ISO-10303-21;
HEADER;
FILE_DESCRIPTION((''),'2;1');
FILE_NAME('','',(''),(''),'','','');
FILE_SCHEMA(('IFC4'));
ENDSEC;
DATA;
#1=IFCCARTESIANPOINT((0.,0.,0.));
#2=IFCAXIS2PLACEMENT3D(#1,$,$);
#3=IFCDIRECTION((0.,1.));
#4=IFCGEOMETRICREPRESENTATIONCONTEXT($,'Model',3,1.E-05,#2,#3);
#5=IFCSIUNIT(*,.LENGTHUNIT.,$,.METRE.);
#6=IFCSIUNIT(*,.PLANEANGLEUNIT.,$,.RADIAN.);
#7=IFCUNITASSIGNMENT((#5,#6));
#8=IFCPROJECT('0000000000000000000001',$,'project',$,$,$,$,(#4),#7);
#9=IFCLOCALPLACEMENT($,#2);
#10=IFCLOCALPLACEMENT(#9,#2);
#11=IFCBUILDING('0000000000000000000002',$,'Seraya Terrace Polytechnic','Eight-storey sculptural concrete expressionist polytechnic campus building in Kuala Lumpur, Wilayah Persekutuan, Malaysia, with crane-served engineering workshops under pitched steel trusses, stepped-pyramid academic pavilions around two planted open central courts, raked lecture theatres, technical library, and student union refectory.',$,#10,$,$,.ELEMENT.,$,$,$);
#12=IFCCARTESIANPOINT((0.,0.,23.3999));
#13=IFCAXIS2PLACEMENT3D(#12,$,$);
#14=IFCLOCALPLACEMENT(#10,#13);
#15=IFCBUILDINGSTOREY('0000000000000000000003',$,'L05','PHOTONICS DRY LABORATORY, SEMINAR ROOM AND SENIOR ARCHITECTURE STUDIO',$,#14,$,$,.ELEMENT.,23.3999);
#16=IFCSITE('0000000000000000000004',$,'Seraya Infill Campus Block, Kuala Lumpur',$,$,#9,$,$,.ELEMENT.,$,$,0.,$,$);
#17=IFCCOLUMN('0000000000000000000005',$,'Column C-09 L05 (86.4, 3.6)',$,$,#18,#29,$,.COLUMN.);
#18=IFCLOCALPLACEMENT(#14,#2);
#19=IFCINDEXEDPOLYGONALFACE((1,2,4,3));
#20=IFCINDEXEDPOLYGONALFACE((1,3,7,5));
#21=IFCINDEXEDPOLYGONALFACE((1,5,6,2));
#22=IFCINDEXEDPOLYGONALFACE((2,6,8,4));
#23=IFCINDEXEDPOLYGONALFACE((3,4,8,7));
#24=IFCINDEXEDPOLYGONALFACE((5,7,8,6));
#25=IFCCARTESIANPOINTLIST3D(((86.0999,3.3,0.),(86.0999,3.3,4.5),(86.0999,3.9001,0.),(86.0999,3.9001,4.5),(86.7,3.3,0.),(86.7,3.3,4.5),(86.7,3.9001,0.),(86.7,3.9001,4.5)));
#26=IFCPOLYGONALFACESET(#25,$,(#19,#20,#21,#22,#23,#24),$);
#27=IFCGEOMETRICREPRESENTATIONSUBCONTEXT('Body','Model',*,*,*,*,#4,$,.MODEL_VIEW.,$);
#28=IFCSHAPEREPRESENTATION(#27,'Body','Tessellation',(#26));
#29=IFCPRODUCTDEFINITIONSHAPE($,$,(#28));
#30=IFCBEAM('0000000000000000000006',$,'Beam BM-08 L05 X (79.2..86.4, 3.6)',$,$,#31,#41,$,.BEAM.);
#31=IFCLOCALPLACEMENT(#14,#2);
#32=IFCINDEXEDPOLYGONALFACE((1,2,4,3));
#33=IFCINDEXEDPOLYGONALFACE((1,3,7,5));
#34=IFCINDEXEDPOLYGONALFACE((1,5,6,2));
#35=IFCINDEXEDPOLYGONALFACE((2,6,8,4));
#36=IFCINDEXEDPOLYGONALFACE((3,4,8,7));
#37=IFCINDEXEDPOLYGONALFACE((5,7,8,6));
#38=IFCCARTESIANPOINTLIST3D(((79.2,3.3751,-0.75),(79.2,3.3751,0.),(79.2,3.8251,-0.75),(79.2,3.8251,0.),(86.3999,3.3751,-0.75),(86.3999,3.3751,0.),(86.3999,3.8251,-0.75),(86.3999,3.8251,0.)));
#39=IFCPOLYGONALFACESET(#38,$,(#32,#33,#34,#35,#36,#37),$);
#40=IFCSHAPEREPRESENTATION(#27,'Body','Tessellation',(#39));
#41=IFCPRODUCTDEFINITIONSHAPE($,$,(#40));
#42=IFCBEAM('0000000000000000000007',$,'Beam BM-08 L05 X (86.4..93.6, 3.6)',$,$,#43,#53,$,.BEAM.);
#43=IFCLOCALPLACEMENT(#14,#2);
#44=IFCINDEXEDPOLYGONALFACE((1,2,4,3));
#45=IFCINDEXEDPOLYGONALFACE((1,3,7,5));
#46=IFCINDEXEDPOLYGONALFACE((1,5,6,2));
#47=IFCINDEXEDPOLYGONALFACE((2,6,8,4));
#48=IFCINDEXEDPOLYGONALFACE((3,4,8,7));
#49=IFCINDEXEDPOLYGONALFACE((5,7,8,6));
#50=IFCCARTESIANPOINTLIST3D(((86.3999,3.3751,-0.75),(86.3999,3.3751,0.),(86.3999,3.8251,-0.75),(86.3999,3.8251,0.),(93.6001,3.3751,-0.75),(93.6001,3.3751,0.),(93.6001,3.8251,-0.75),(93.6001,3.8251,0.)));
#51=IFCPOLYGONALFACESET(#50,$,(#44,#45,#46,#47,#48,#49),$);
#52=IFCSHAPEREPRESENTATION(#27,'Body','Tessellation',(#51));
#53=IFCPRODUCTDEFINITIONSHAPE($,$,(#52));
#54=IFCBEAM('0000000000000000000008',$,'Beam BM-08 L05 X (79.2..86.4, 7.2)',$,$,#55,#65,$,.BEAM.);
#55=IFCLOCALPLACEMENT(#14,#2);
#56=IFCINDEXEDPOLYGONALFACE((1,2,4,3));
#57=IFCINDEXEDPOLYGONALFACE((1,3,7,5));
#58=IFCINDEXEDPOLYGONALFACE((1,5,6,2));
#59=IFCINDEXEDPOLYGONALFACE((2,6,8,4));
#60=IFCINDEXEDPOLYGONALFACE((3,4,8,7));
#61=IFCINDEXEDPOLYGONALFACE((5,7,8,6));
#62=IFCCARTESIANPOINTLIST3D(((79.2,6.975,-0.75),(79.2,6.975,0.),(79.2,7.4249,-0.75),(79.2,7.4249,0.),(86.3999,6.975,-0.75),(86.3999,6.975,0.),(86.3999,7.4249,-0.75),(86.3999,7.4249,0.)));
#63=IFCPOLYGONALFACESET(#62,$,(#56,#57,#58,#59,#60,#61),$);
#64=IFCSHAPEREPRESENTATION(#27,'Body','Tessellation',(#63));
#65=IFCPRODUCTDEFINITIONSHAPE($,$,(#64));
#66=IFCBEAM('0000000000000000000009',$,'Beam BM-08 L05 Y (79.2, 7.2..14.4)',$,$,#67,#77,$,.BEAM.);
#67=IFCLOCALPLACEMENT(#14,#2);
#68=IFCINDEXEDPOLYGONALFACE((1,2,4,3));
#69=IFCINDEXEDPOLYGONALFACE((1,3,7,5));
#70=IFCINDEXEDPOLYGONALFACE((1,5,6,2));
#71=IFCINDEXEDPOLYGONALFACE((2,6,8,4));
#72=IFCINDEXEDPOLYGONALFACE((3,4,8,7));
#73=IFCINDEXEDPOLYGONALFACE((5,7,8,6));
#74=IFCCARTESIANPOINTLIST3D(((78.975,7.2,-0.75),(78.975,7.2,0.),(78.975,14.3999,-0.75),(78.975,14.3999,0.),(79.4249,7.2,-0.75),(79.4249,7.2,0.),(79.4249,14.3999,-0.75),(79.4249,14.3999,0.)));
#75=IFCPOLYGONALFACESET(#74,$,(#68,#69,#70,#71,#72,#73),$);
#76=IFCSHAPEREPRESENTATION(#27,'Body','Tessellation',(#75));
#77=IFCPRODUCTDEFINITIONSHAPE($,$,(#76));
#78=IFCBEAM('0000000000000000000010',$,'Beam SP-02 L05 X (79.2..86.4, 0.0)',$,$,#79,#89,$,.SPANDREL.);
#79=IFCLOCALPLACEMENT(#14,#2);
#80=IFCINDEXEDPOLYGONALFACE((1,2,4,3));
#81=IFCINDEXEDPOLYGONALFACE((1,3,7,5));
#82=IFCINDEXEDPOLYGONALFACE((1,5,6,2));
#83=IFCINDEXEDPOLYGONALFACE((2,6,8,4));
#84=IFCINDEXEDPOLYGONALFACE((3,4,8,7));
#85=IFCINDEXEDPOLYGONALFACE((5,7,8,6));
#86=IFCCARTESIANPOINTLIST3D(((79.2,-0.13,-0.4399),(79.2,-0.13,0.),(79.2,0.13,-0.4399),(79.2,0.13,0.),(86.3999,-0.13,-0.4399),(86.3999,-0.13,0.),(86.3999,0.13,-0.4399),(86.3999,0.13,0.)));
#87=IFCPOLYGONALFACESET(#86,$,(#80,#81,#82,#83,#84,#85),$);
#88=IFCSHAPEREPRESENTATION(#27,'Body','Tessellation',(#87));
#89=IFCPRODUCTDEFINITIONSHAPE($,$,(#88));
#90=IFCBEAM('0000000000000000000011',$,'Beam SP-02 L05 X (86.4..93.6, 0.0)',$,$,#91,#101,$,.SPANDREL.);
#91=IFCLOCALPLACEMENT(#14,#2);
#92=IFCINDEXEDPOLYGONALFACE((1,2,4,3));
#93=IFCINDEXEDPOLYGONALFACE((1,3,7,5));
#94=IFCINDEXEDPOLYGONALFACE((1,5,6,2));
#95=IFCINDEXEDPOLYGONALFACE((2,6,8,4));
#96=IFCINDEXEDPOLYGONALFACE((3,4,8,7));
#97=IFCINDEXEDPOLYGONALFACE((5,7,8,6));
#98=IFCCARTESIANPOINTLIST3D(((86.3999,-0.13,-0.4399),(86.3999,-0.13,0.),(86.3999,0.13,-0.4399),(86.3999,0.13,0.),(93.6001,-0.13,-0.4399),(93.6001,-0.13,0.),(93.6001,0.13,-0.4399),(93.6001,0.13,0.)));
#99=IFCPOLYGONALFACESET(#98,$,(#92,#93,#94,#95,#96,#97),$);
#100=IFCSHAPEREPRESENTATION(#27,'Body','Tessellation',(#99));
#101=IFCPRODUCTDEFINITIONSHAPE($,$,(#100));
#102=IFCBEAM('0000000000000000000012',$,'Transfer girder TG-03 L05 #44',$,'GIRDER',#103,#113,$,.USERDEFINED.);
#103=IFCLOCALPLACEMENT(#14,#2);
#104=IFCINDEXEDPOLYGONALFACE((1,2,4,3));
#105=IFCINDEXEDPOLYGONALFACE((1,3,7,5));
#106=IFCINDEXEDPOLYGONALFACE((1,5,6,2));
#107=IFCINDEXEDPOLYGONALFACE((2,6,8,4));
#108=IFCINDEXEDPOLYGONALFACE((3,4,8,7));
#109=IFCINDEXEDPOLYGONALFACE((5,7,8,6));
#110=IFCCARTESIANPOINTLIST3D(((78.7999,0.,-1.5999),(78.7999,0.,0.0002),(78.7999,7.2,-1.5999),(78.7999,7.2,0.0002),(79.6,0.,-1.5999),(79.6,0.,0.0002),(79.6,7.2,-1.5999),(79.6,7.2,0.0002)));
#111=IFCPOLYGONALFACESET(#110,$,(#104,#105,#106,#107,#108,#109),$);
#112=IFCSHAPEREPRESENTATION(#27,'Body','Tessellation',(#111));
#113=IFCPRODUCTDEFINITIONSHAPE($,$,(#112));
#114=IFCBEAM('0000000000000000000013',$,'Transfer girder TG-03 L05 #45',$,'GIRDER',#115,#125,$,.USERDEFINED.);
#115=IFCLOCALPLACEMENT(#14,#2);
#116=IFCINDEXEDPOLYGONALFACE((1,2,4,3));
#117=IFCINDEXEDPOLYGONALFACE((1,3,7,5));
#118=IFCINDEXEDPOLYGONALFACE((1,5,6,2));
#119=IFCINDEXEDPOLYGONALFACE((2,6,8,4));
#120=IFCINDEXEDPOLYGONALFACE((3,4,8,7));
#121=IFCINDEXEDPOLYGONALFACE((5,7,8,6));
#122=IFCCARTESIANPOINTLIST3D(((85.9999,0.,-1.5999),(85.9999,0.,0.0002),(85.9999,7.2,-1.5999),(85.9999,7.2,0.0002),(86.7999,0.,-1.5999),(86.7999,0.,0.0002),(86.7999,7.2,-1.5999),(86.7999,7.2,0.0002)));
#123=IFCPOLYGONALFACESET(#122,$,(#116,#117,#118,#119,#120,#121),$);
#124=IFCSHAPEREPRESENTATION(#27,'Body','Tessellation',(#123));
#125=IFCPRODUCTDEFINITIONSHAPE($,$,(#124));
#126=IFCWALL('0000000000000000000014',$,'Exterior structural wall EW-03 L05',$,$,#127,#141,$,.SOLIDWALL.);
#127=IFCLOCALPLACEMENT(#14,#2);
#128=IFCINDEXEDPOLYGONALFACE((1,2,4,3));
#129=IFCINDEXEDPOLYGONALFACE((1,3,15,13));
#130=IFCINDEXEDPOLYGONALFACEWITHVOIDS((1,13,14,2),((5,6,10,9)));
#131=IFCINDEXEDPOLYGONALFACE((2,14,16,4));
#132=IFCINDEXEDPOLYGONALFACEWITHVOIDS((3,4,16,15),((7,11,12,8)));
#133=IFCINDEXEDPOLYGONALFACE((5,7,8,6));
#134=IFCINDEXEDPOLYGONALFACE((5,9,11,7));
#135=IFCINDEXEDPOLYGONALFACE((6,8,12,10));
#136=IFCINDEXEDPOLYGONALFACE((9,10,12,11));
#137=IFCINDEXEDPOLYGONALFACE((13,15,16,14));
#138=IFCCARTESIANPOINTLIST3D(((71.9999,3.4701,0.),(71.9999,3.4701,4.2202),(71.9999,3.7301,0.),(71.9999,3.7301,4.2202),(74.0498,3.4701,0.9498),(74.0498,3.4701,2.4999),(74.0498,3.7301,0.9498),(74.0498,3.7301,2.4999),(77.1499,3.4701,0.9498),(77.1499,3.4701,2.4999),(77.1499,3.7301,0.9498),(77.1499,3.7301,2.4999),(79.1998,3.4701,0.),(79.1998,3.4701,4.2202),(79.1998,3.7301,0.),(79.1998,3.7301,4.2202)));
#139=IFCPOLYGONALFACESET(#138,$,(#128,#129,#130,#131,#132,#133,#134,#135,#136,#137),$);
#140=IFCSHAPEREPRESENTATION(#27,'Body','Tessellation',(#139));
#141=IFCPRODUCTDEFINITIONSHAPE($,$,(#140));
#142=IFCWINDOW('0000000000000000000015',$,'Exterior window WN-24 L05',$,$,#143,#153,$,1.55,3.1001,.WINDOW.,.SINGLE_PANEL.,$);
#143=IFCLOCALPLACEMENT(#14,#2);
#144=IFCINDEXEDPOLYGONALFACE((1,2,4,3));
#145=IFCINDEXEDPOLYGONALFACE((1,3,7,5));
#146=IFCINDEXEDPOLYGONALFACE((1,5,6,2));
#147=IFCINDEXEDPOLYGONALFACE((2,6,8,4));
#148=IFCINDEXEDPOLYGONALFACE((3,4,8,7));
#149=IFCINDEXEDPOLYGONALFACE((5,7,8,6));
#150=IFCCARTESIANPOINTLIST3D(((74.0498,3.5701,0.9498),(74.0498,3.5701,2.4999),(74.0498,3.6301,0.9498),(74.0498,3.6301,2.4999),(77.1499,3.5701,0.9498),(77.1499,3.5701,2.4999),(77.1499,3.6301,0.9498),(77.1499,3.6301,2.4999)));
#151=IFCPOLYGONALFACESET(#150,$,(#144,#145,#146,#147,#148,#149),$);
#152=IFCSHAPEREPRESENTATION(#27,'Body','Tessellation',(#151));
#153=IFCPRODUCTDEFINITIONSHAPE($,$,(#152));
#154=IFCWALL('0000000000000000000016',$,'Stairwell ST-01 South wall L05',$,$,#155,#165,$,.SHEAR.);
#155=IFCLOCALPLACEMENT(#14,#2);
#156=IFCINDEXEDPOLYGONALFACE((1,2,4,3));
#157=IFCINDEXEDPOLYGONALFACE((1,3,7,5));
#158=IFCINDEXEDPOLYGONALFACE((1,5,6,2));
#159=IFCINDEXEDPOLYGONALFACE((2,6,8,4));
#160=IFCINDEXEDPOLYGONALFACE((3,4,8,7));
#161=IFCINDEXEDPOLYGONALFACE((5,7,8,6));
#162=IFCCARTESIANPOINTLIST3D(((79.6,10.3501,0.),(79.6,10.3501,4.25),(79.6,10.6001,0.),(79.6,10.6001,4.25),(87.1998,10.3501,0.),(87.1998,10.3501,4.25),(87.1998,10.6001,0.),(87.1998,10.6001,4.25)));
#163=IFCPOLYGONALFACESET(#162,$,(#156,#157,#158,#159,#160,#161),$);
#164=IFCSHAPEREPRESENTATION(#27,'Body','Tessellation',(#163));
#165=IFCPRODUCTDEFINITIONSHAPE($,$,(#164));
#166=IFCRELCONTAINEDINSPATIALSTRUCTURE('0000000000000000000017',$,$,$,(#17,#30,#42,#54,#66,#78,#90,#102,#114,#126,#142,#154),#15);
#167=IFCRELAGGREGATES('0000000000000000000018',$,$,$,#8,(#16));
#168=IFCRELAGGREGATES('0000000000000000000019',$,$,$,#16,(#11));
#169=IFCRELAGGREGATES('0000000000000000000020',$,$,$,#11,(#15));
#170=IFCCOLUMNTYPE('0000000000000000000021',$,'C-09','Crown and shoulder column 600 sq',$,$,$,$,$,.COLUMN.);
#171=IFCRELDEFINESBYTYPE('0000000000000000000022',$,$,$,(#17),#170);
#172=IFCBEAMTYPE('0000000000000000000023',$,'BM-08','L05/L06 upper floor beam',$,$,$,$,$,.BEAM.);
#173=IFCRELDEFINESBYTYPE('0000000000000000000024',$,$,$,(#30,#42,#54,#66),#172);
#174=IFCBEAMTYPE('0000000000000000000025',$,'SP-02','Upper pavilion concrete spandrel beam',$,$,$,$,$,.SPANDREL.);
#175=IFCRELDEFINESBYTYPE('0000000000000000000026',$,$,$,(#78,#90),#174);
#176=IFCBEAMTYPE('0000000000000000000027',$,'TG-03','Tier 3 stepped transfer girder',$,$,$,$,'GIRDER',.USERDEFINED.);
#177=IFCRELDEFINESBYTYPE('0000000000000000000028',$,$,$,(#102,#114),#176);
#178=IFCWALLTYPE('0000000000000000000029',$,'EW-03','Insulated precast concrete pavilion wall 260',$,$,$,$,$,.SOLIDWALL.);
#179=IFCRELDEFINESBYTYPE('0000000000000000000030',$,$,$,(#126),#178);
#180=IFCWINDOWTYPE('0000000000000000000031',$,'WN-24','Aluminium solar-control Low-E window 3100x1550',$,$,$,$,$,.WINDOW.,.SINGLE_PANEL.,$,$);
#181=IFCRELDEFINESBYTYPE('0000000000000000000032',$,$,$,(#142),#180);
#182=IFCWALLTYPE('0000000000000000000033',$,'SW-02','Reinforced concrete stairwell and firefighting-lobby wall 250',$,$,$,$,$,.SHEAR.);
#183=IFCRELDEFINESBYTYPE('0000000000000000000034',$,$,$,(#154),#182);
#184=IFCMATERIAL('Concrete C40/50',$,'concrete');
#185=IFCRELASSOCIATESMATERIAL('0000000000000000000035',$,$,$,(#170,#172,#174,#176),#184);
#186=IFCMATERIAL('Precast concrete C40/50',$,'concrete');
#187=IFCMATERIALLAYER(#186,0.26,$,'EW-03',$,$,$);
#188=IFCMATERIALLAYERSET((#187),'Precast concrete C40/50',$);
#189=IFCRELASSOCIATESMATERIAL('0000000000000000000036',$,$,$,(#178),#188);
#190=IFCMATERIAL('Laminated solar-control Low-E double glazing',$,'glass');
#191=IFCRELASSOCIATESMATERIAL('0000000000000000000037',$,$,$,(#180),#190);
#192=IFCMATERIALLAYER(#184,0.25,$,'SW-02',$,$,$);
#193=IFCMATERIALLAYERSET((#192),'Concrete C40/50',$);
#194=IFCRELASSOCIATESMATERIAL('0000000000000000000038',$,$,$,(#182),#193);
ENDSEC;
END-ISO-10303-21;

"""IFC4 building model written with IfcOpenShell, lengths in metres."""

from ifc_helpers import new_model, si_unit, direction, frame, frame_2d, origin, origin_2d, place, context, subcontext, project, spatial, rectangle, extrude, material, layer, layer_set, material_profile, profile_set, type_object, element, fill, save


model = new_model("IFC4")

# Units and contexts
model_context = context("Model", 3, precision=1e-05, world=origin(), true_north=direction((0.0, 1.0)))
body_context = subcontext(model_context, "Body", "Model", "MODEL_VIEW")
ifc_project = project(units=[si_unit("LENGTHUNIT", "METRE"), si_unit("PLANEANGLEUNIT", "RADIAN")], contexts=[model_context])

# Site, building, storey
site_placement = place(None, origin())
site = spatial("IfcSite", under=ifc_project, at=site_placement, Name="Seraya Infill Campus Block, Kuala Lumpur", CompositionType="ELEMENT", RefElevation=0.0)
building_placement = place(site_placement, origin())
building = spatial("IfcBuilding", under=site, at=building_placement, Name="Seraya Terrace Polytechnic", Description="Eight-storey sculptural concrete expressionist polytechnic campus building in Kuala Lumpur, Wilayah Persekutuan, Malaysia, with crane-served engineering workshops under pitched steel trusses, stepped-pyramid academic pavilions around two planted open central courts, raked lecture theatres, technical library, and student union refectory.", CompositionType="ELEMENT")
storey_placement = place(building_placement, frame((0.0, 0.0, 23.3999)))
storey = spatial("IfcBuildingStorey", under=building, at=storey_placement, Name="L05", Description="PHOTONICS DRY LABORATORY, SEMINAR ROOM AND SENIOR ARCHITECTURE STUDIO", CompositionType="ELEMENT", Elevation=23.3999)

# Column
ifc_material_1 = material(Name="Concrete C40/50", Category="concrete")
ifc_material_profile_1 = material_profile(ifc_material_1, rectangle(XDim=0.6001, YDim=0.6001, at=origin_2d()), Name="RC 600x600")
ifc_profile_set_1 = profile_set([ifc_material_profile_1], Name="Concrete C40/50")
column_type = type_object("IfcColumnType", Name="C-09", Description="Crown and shoulder column 600 sq", PredefinedType="COLUMN", material=ifc_profile_set_1)
column_placement = place(storey_placement, frame((86.3999, 3.6001, 0.0), z_axis=(0.0, 0.0, 1.0), x_axis=(1.0, 0.0, 0.0)))
element("IfcColumn", 1, at=column_placement, inside=storey, type_object=column_type, Name="Column C-09 L05 (86.4, 3.6)", PredefinedType="COLUMN", context=body_context, shape_type="SweptSolid", body=[
    extrude(rectangle(XDim=0.6001, YDim=0.6001, at=origin_2d()), origin(), (0.0, 0.0, 1.0), 4.5),
])

# Beams
ifc_material_profile_2 = material_profile(ifc_material_1, rectangle(XDim=0.45, YDim=0.75, at=origin_2d()), Name="RC 450x750")
ifc_profile_set_2 = profile_set([ifc_material_profile_2], Name="Concrete C40/50")
beam_type_1 = type_object("IfcBeamType", Name="BM-08", Description="L05/L06 upper floor beam", PredefinedType="BEAM", material=ifc_profile_set_2)
beam_1_placement = place(storey_placement, frame((79.2, 3.6001, -0.375), z_axis=(1.0, 0.0, 0.0), x_axis=(0.0, 1.0, 0.0)))
element("IfcBeam", 2, at=beam_1_placement, inside=storey, type_object=beam_type_1, Name="Beam BM-08 L05 X (79.2..86.4, 3.6)", PredefinedType="BEAM", context=body_context, shape_type="SweptSolid", body=[
    extrude(rectangle(XDim=0.45, YDim=0.75, at=origin_2d()), origin(), (0.0, 0.0, 1.0), 7.2),
])
beam_2_placement = place(storey_placement, frame((86.3999, 3.6001, -0.375), z_axis=(1.0, 0.0, 0.0), x_axis=(0.0, 1.0, 0.0)))
element("IfcBeam", 3, at=beam_2_placement, inside=storey, type_object=beam_type_1, Name="Beam BM-08 L05 X (86.4..93.6, 3.6)", PredefinedType="BEAM", context=body_context, shape_type="SweptSolid", body=[
    extrude(rectangle(XDim=0.45, YDim=0.75, at=origin_2d()), origin(), (0.0, 0.0, 1.0), 7.2002),
])
for number, where, z_axis, x_axis, name in (
    (4, (79.2, 7.2, -0.375), (1.0, 0.0, 0.0), (0.0, 1.0, 0.0), "Beam BM-08 L05 X (79.2..86.4, 7.2)"),
    (5, (79.2, 7.2, -0.375), (0.0, 1.0, 0.0), (-1.0, 0.0, 0.0), "Beam BM-08 L05 Y (79.2, 7.2..14.4)"),
):
    element("IfcBeam", number, at=place(storey_placement, frame(where, z_axis=z_axis, x_axis=x_axis)), inside=storey, type_object=beam_type_1, Name=name, PredefinedType="BEAM", context=body_context, shape_type="SweptSolid", body=[
        extrude(rectangle(XDim=0.45, YDim=0.75, at=origin_2d()), origin(), (0.0, 0.0, 1.0), 7.2),
    ])
ifc_material_profile_3 = material_profile(ifc_material_1, rectangle(XDim=0.26, YDim=0.4399, at=origin_2d()), Name="RC 260x440")
ifc_profile_set_3 = profile_set([ifc_material_profile_3], Name="Concrete C40/50")
beam_type_2 = type_object("IfcBeamType", Name="SP-02", Description="Upper pavilion concrete spandrel beam", PredefinedType="SPANDREL", material=ifc_profile_set_3)
beam_3_placement = place(storey_placement, frame((79.2, 0.0, -0.22), z_axis=(1.0, 0.0, 0.0), x_axis=(0.0, 1.0, 0.0)))
element("IfcBeam", 6, at=beam_3_placement, inside=storey, type_object=beam_type_2, Name="Beam SP-02 L05 X (79.2..86.4, 0.0)", PredefinedType="SPANDREL", context=body_context, shape_type="SweptSolid", body=[
    extrude(rectangle(XDim=0.26, YDim=0.4399, at=origin_2d()), origin(), (0.0, 0.0, 1.0), 7.2),
])
beam_4_placement = place(storey_placement, frame((86.3999, 0.0, -0.22), z_axis=(1.0, 0.0, 0.0), x_axis=(0.0, 1.0, 0.0)))
element("IfcBeam", 7, at=beam_4_placement, inside=storey, type_object=beam_type_2, Name="Beam SP-02 L05 X (86.4..93.6, 0.0)", PredefinedType="SPANDREL", context=body_context, shape_type="SweptSolid", body=[
    extrude(rectangle(XDim=0.26, YDim=0.4399, at=origin_2d()), origin(), (0.0, 0.0, 1.0), 7.2002),
])
ifc_material_profile_4 = material_profile(ifc_material_1, rectangle(XDim=0.8, YDim=1.6001, at=origin_2d()), Name="RC 800x1600")
ifc_profile_set_4 = profile_set([ifc_material_profile_4], Name="Concrete C40/50")
beam_type_3 = type_object("IfcBeamType", Name="TG-03", Description="Tier 3 stepped transfer girder", ElementType="GIRDER", PredefinedType="USERDEFINED", material=ifc_profile_set_4)
for number, where, z_axis, x_axis, name in (
    (8, (79.2, 0.0, -0.7998), (0.0, 1.0, 0.0), (-1.0, 0.0, 0.0), "Transfer girder TG-03 L05 #44"),
    (9, (86.3999, 0.0, -0.7998), (0.0, 1.0, 0.0), (-1.0, 0.0, 0.0), "Transfer girder TG-03 L05 #45"),
):
    element("IfcBeam", number, at=place(storey_placement, frame(where, z_axis=z_axis, x_axis=x_axis)), inside=storey, type_object=beam_type_3, Name=name, ObjectType="GIRDER", PredefinedType="USERDEFINED", context=body_context, shape_type="SweptSolid", body=[
        extrude(rectangle(XDim=0.8, YDim=1.6001, at=origin_2d()), origin(), (0.0, 0.0, 1.0), 7.2),
    ])

# Wall, opening, window
ifc_material_2 = material(Name="Precast concrete C40/50", Category="concrete")
ifc_layer_1 = layer(ifc_material_2, 0.26, Name="EW-03")
ifc_layer_set_1 = layer_set([ifc_layer_1], Name="Precast concrete C40/50")
wall_type_1 = type_object("IfcWallType", Name="EW-03", Description="Insulated precast concrete pavilion wall 260", PredefinedType="SOLIDWALL", material=ifc_layer_set_1)
wall_1_placement = place(storey_placement, frame((79.2, 3.6001, 0.0), z_axis=(0.0, 0.0, 1.0), x_axis=(-1.0, 0.0, 0.0)))
wall_1 = element("IfcWall", 10, at=wall_1_placement, inside=storey, type_object=wall_type_1, Name="Exterior structural wall EW-03 L05", PredefinedType="SOLIDWALL", context=body_context, shape_type="SweptSolid", body=[
    extrude(rectangle(XDim=7.2, YDim=0.26, at=frame_2d((3.6001, 0.0))), origin(), (0.0, 0.0, 1.0), 4.2202),
])
opening_1_placement = place(wall_1_placement, frame((2.05, 0.0, 0.95)))
opening_1 = element("IfcOpeningElement", 11, at=opening_1_placement, cuts=wall_1, PredefinedType="OPENING", context=body_context, shape_type="SweptSolid", body=[
    extrude(rectangle(XDim=3.1001, YDim=1.55, at=frame_2d((1.55, 0.7749))), frame((0.0, 0.1421, 0.0), z_axis=(0.0, -1.0, 0.0), x_axis=(1.0, 0.0, 0.0)), (0.0, 0.0, 1.0), 0.2839),
])
ifc_material_3 = material(Name="Laminated solar-control Low-E double glazing", Category="glass")
window_type = type_object("IfcWindowType", Name="WN-24", Description="Aluminium solar-control Low-E window 3100x1550", PartitioningType="SINGLE_PANEL", PredefinedType="WINDOW", material=ifc_material_3)
window_placement = place(opening_1_placement, origin())
window = element("IfcWindow", 12, at=window_placement, inside=storey, type_object=window_type, Name="Exterior window WN-24 L05", OverallHeight=1.55, OverallWidth=3.1001, PartitioningType="SINGLE_PANEL", PredefinedType="WINDOW", context=body_context, shape_type="SweptSolid", body=[
    extrude(rectangle(XDim=3.1001, YDim=1.55, at=frame_2d((1.55, 0.7749))), frame((0.0, 0.03, 0.0), z_axis=(0.0, -1.0, 0.0), x_axis=(1.0, 0.0, 0.0)), (0.0, 0.0, 1.0), 0.0601),
])
fill(opening_1, window)

# Shared definitions
ifc_layer_2 = layer(ifc_material_1, 0.25, Name="SW-02")
ifc_layer_set_2 = layer_set([ifc_layer_2], Name="Concrete C40/50")
wall_type_2 = type_object("IfcWallType", Name="SW-02", Description="Reinforced concrete stairwell and firefighting-lobby wall 250", PredefinedType="SHEAR", material=ifc_layer_set_2)

# Wall
wall_2_placement = place(storey_placement, frame((79.6001, 10.4751, 0.0), z_axis=(0.0, 0.0, 1.0), x_axis=(1.0, 0.0, 0.0)))
element("IfcWall", 13, at=wall_2_placement, inside=storey, type_object=wall_type_2, Name="Stairwell ST-01 South wall L05", PredefinedType="SHEAR", context=body_context, shape_type="SweptSolid", body=[
    extrude(rectangle(XDim=7.5999, YDim=0.25, at=frame_2d((3.7998, 0.0))), origin(), (0.0, 0.0, 1.0), 4.25),
])

save(model, "model.ifc")
